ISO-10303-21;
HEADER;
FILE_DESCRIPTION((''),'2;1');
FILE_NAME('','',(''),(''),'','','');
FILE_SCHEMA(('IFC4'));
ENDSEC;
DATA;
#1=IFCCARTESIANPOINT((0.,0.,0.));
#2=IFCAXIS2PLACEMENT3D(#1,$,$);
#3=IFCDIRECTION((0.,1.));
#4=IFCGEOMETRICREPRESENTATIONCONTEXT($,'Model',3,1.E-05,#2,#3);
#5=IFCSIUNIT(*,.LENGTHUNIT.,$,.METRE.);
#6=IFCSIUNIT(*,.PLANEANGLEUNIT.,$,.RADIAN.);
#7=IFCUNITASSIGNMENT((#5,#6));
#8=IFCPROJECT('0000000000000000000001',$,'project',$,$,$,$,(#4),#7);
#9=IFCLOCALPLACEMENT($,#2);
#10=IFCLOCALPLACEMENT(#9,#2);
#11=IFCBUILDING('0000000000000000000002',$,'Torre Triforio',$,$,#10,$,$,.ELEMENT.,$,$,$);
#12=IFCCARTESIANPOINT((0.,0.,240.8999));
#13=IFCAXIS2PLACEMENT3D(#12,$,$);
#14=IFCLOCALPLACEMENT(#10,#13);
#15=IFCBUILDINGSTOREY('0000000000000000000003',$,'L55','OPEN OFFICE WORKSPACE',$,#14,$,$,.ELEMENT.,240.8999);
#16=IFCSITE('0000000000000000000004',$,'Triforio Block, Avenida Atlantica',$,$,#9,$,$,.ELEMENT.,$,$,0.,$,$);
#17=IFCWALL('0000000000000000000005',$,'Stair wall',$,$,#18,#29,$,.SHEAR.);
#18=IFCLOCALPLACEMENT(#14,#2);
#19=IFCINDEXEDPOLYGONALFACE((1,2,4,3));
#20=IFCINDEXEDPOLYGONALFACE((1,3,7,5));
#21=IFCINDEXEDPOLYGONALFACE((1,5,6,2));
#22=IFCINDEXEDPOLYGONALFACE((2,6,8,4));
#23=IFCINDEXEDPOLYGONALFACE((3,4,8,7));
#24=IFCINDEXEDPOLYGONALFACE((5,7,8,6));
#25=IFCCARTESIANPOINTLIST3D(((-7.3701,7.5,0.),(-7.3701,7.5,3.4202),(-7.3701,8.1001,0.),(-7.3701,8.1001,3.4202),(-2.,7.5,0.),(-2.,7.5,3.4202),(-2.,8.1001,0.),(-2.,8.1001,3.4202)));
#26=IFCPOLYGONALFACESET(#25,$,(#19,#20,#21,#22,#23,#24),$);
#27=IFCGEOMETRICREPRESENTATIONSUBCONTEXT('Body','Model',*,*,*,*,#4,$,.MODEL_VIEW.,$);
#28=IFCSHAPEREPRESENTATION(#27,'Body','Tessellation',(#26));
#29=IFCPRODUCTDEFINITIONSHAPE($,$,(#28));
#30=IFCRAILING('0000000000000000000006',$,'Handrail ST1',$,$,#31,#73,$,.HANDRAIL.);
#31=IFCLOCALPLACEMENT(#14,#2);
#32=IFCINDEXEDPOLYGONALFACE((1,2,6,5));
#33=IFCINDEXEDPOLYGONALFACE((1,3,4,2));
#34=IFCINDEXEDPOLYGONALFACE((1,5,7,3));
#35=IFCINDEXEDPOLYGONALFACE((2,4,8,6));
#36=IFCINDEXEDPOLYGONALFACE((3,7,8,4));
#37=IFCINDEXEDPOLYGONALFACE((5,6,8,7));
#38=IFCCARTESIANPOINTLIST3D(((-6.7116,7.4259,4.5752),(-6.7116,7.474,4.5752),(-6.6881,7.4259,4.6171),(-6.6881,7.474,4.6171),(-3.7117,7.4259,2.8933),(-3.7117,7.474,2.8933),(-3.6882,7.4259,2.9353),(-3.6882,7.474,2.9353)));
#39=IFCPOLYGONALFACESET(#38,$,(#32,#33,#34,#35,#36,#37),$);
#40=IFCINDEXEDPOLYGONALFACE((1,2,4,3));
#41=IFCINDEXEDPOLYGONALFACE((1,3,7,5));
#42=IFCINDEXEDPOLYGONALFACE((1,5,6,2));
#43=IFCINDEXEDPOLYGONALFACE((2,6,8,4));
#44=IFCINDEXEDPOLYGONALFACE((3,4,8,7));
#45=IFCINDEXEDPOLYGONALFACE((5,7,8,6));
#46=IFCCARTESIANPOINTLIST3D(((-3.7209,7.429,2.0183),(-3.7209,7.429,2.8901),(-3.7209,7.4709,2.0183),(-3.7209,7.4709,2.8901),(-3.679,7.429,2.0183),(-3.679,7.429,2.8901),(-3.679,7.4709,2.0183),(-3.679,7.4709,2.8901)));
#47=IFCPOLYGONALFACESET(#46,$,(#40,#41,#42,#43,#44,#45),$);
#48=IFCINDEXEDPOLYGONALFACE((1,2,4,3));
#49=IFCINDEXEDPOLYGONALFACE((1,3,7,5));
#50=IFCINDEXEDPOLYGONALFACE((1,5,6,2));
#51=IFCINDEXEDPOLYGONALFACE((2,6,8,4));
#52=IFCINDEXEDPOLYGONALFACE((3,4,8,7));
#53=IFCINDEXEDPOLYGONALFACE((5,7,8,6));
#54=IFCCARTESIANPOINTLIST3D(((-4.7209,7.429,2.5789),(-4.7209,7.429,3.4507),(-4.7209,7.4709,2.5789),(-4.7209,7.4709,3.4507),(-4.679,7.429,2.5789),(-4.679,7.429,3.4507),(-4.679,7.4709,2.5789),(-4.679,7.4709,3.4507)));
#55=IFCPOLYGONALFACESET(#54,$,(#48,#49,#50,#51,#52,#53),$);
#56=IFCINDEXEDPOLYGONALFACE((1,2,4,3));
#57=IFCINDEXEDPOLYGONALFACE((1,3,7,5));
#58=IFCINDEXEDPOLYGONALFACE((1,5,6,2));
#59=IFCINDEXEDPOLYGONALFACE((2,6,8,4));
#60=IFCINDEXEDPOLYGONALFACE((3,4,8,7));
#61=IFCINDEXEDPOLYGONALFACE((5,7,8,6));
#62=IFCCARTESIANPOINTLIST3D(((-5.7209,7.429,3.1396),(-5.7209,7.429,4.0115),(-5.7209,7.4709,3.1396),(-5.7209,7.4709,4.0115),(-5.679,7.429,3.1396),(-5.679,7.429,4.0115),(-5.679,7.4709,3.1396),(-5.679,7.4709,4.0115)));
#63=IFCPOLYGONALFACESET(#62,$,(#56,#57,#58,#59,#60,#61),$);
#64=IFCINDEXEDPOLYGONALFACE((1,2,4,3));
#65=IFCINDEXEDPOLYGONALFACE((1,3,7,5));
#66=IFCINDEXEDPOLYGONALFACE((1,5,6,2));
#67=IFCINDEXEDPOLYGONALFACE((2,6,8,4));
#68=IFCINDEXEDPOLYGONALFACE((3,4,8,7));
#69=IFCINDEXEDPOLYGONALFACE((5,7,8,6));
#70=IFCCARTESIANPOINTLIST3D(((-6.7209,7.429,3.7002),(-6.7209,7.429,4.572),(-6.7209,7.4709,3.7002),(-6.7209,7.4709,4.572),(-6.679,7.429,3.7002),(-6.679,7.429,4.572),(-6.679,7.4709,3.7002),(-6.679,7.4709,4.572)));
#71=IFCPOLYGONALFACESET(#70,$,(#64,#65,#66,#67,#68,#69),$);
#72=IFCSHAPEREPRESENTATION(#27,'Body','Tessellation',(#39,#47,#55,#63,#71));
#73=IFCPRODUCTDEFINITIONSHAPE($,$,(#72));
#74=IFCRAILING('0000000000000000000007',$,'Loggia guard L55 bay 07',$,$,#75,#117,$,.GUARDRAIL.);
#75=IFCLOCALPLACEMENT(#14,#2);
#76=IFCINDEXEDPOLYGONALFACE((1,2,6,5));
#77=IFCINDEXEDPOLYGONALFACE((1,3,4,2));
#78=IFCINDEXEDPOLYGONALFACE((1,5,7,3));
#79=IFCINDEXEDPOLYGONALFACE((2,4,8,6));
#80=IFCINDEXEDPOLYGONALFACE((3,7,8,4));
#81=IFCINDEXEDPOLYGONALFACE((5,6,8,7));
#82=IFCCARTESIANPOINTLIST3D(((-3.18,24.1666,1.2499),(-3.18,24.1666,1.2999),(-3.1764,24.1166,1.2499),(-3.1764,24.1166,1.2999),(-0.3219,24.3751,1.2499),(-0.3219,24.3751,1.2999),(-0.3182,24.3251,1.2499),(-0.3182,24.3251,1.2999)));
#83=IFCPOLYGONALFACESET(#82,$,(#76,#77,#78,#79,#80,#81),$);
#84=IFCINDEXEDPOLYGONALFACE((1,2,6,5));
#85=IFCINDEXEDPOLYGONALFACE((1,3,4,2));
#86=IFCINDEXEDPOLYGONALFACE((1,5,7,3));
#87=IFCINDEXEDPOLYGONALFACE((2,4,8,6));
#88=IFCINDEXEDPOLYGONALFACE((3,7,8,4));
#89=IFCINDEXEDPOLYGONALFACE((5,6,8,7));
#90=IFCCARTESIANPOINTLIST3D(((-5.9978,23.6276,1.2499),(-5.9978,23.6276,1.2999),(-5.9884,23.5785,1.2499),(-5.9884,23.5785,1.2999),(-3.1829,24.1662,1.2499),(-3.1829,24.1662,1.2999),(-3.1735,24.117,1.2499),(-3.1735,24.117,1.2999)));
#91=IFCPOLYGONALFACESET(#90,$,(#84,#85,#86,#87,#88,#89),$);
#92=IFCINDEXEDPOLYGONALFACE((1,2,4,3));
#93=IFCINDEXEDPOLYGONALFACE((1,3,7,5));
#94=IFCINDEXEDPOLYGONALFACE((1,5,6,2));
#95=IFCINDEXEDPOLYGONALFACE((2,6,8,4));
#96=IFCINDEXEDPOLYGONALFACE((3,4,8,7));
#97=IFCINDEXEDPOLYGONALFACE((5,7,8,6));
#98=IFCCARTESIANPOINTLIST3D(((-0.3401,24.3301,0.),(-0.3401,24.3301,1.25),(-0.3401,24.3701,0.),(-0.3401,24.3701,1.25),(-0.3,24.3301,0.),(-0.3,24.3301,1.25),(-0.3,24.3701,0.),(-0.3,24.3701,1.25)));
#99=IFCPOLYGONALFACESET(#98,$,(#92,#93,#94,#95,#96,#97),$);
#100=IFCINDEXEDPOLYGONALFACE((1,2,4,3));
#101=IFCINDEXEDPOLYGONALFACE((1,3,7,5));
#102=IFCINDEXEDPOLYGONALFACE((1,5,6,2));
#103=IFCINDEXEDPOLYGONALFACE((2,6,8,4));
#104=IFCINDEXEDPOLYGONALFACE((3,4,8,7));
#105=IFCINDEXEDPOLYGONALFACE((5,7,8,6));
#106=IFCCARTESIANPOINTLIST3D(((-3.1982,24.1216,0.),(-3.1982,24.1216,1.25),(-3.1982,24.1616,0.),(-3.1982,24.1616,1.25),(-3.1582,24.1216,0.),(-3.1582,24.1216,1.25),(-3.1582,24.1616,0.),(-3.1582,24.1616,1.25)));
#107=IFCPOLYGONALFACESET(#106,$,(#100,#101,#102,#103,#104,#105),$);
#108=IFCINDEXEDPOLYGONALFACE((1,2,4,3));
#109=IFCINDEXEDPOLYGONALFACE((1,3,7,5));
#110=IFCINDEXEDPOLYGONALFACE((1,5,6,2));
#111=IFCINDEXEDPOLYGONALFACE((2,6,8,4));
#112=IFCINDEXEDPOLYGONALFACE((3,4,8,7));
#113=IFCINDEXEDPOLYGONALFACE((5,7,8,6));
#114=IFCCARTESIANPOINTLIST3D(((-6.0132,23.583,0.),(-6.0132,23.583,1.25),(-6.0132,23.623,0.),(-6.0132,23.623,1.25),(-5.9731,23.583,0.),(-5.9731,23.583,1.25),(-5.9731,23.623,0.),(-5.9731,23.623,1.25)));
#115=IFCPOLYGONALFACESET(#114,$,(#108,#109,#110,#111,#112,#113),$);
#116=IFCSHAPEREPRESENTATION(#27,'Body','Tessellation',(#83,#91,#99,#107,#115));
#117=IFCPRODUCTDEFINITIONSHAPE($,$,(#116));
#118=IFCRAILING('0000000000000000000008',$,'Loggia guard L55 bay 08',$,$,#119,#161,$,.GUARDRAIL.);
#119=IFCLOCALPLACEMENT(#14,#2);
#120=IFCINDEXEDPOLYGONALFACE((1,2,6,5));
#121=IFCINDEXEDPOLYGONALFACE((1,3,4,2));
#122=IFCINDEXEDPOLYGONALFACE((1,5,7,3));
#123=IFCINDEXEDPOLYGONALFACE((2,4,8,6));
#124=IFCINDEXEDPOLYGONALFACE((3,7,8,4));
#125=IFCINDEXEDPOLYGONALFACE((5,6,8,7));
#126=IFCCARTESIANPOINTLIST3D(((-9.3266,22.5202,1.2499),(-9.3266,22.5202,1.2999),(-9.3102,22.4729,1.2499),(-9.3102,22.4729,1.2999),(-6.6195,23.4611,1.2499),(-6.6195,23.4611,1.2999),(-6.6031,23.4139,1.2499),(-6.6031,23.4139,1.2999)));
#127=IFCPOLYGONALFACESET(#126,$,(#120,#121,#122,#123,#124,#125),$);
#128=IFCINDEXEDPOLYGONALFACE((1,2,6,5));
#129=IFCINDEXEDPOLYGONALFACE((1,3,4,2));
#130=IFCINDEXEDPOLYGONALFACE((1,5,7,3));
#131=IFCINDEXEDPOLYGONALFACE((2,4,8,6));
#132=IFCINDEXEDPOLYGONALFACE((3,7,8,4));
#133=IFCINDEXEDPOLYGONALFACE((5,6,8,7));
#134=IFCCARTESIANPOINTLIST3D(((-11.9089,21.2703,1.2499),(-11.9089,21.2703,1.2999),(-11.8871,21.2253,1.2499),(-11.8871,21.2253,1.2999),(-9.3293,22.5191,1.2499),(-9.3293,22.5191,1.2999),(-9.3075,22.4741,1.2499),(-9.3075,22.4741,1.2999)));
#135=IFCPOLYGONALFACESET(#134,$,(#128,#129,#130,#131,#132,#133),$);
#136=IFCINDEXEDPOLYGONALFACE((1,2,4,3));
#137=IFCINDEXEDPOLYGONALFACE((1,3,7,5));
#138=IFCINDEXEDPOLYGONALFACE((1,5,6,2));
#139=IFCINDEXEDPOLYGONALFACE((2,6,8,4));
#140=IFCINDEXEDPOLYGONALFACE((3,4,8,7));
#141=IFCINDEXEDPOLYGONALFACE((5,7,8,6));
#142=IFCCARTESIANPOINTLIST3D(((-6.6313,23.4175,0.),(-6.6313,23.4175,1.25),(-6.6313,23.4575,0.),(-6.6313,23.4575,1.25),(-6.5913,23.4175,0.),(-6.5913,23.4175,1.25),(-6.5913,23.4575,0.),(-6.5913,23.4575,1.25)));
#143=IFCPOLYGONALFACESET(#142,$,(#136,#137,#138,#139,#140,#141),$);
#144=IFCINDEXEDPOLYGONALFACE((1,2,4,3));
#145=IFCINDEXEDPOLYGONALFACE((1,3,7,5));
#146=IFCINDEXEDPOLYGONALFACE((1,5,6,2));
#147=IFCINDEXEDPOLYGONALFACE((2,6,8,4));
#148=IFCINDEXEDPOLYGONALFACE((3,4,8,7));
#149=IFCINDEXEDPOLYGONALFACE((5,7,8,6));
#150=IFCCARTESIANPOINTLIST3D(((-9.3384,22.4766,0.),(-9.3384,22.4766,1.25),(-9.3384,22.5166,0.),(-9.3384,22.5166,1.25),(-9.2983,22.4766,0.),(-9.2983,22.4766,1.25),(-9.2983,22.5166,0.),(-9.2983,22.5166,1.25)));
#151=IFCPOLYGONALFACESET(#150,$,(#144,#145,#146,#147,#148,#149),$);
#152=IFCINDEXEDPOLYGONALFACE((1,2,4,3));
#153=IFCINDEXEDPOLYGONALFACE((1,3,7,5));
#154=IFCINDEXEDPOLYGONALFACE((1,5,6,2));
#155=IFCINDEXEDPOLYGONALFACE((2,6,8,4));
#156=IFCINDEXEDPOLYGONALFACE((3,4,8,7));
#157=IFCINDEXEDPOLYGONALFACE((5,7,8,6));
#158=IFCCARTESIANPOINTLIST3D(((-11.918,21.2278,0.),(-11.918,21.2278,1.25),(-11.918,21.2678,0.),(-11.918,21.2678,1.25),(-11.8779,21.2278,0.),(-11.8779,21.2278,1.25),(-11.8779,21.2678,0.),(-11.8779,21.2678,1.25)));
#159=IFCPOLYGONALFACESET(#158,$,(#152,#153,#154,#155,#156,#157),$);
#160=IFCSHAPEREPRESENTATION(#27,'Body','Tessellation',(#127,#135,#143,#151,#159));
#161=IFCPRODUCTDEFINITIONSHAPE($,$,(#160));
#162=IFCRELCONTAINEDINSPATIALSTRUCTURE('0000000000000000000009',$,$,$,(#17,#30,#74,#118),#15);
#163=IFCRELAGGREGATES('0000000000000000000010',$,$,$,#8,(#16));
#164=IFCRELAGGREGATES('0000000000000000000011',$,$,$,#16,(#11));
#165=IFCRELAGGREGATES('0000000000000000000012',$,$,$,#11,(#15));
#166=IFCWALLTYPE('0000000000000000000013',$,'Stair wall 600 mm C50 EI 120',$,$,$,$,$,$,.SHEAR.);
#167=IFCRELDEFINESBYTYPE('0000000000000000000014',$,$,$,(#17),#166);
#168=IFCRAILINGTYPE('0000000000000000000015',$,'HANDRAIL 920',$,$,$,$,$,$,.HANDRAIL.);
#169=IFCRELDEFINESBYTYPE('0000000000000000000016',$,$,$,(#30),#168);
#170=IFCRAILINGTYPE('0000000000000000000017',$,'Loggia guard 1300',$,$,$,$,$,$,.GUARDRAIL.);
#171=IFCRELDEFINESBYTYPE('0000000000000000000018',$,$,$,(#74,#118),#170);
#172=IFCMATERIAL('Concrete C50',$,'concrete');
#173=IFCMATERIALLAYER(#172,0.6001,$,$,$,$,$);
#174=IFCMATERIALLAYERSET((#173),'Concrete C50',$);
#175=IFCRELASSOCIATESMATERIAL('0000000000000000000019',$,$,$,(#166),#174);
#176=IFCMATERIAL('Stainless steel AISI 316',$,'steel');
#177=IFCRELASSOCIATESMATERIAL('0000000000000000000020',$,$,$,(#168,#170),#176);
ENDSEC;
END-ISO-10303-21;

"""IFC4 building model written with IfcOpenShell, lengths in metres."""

from ifc_helpers import new_model, si_unit, direction, frame, frame_2d, origin, origin_2d, place, context, subcontext, project, spatial, rectangle, extrude, material, layer, layer_set, type_object, element, save


model = new_model("IFC4")

# Units and contexts
model_context = context("Model", 3, precision=1e-05, world=origin(), true_north=direction((0.0, 1.0)))
body_context = subcontext(model_context, "Body", "Model", "MODEL_VIEW")
ifc_project = project(units=[si_unit("LENGTHUNIT", "METRE"), si_unit("PLANEANGLEUNIT", "RADIAN")], contexts=[model_context])

# Site, building, storey
site_placement = place(None, origin())
site = spatial("IfcSite", under=ifc_project, at=site_placement, Name="Triforio Block, Avenida Atlantica", CompositionType="ELEMENT", RefElevation=0.0)
building_placement = place(site_placement, origin())
building = spatial("IfcBuilding", under=site, at=building_placement, Name="Torre Triforio", CompositionType="ELEMENT")
storey_placement = place(building_placement, frame((0.0, 0.0, 240.8999)))
storey = spatial("IfcBuildingStorey", under=building, at=storey_placement, Name="L55", Description="OPEN OFFICE WORKSPACE", CompositionType="ELEMENT", Elevation=240.8999)

# Shared definitions
ifc_material_1 = material(Name="Concrete C50", Category="concrete")

# Wall
ifc_layer_1 = layer(ifc_material_1, 0.6001)
ifc_layer_set_1 = layer_set([ifc_layer_1], Name="Concrete C50")
wall_type_1 = type_object("IfcWallType", Name="Stair wall 600 mm C50 EI 120", PredefinedType="SHEAR", material=ifc_layer_set_1)
wall_1_placement = place(storey_placement, frame((-7.3701, 7.8, 0.0), z_axis=(0.0, 0.0, 1.0), x_axis=(1.0, 0.0, 0.0)))
element("IfcWall", 1, at=wall_1_placement, inside=storey, type_object=wall_type_1, Name="Stair wall", PredefinedType="SHEAR", context=body_context, shape_type="SweptSolid", body=[
    extrude(rectangle(XDim=5.3701, YDim=0.6001, at=frame_2d((2.6851, 0.0))), origin(), (0.0, 0.0, 1.0), 3.4202),
])

# Railings
ifc_material_2 = material(Name="Stainless steel AISI 316", Category="steel")
railing_type_1 = type_object("IfcRailingType", Name="HANDRAIL 920", PredefinedType="HANDRAIL", material=ifc_material_2)
railing_1_placement = place(storey_placement, frame((-3.7, 7.45, 2.0183)))
element("IfcRailing", 2, at=railing_1_placement, inside=storey, type_object=railing_type_1, Name="Handrail ST1", PredefinedType="HANDRAIL", context=body_context, shape_type="SweptSolid", body=[
    extrude(rectangle(XDim=0.0481, YDim=0.0481, at=origin_2d()), frame((0.0, 0.0, 0.896), z_axis=(-0.872272, 0.0, 0.48902), x_axis=(0.0, -1.0, 0.0)), (0.0, 0.0, 1.0), 3.4392),
    extrude(rectangle(XDim=0.042, YDim=0.042, at=origin_2d()), origin(), (0.0, 0.0, 1.0), 0.8718),
    extrude(rectangle(XDim=0.042, YDim=0.042, at=origin_2d()), frame((-1.0, 0.0, 0.5605)), (0.0, 0.0, 1.0), 0.8718),
    extrude(rectangle(XDim=0.042, YDim=0.042, at=origin_2d()), frame((-2.0, 0.0, 1.1213)), (0.0, 0.0, 1.0), 0.8718),
    extrude(rectangle(XDim=0.042, YDim=0.042, at=origin_2d()), frame((-3.0, 0.0, 1.6819)), (0.0, 0.0, 1.0), 0.8718),
])
railing_type_2 = type_object("IfcRailingType", Name="Loggia guard 1300", PredefinedType="GUARDRAIL", material=ifc_material_2)
railing_2_placement = place(storey_placement, frame((-0.3201, 24.3501, 0.0)))
element("IfcRailing", 3, at=railing_2_placement, inside=storey, type_object=railing_type_2, Name="Loggia guard L55 bay 07", PredefinedType="GUARDRAIL", context=body_context, shape_type="SweptSolid", body=[
    extrude(rectangle(XDim=0.05, YDim=0.05, at=origin_2d()), frame((0.0, 0.0, 1.2749), z_axis=(-0.99735, -0.072754, 0.0), x_axis=(0.072754, -0.99735, 0.0)), (0.0, 0.0, 1.0), 2.8657),
    extrude(rectangle(XDim=0.05, YDim=0.05, at=origin_2d()), frame((-2.8582, -0.2085, 1.2749), z_axis=(-0.982185, -0.187918, 0.0), x_axis=(0.187918, -0.982185, 0.0)), (0.0, 0.0, 1.0), 2.866),
    extrude(rectangle(XDim=0.04, YDim=0.04, at=origin_2d()), origin(), (0.0, 0.0, 1.0), 1.25),
    extrude(rectangle(XDim=0.04, YDim=0.04, at=origin_2d()), frame((-2.8582, -0.2085, 0.0)), (0.0, 0.0, 1.0), 1.25),
    extrude(rectangle(XDim=0.04, YDim=0.04, at=origin_2d()), frame((-5.6731, -0.7471, 0.0)), (0.0, 0.0, 1.0), 1.25),
])
railing_3_placement = place(storey_placement, frame((-6.6113, 23.4375, 0.0)))
element("IfcRailing", 4, at=railing_3_placement, inside=storey, type_object=railing_type_2, Name="Loggia guard L55 bay 08", PredefinedType="GUARDRAIL", context=body_context, shape_type="SweptSolid", body=[
    extrude(rectangle(XDim=0.05, YDim=0.05, at=origin_2d()), frame((0.0, 0.0, 1.2749), z_axis=(-0.944568, -0.328316, 0.0), x_axis=(0.328316, -0.944568, 0.0)), (0.0, 0.0, 1.0), 2.866),
    extrude(rectangle(XDim=0.05, YDim=0.05, at=origin_2d()), frame((-2.707, -0.9409, 1.2749), z_axis=(-0.900078, -0.435728, 0.0), x_axis=(0.435728, -0.900078, 0.0)), (0.0, 0.0, 1.0), 2.866),
    extrude(rectangle(XDim=0.04, YDim=0.04, at=origin_2d()), origin(), (0.0, 0.0, 1.0), 1.25),
    extrude(rectangle(XDim=0.04, YDim=0.04, at=origin_2d()), frame((-2.707, -0.9409, 0.0)), (0.0, 0.0, 1.0), 1.25),
    extrude(rectangle(XDim=0.04, YDim=0.04, at=origin_2d()), frame((-5.2866, -2.1897, 0.0)), (0.0, 0.0, 1.0), 1.25),
])

save(model, "model.ifc")
